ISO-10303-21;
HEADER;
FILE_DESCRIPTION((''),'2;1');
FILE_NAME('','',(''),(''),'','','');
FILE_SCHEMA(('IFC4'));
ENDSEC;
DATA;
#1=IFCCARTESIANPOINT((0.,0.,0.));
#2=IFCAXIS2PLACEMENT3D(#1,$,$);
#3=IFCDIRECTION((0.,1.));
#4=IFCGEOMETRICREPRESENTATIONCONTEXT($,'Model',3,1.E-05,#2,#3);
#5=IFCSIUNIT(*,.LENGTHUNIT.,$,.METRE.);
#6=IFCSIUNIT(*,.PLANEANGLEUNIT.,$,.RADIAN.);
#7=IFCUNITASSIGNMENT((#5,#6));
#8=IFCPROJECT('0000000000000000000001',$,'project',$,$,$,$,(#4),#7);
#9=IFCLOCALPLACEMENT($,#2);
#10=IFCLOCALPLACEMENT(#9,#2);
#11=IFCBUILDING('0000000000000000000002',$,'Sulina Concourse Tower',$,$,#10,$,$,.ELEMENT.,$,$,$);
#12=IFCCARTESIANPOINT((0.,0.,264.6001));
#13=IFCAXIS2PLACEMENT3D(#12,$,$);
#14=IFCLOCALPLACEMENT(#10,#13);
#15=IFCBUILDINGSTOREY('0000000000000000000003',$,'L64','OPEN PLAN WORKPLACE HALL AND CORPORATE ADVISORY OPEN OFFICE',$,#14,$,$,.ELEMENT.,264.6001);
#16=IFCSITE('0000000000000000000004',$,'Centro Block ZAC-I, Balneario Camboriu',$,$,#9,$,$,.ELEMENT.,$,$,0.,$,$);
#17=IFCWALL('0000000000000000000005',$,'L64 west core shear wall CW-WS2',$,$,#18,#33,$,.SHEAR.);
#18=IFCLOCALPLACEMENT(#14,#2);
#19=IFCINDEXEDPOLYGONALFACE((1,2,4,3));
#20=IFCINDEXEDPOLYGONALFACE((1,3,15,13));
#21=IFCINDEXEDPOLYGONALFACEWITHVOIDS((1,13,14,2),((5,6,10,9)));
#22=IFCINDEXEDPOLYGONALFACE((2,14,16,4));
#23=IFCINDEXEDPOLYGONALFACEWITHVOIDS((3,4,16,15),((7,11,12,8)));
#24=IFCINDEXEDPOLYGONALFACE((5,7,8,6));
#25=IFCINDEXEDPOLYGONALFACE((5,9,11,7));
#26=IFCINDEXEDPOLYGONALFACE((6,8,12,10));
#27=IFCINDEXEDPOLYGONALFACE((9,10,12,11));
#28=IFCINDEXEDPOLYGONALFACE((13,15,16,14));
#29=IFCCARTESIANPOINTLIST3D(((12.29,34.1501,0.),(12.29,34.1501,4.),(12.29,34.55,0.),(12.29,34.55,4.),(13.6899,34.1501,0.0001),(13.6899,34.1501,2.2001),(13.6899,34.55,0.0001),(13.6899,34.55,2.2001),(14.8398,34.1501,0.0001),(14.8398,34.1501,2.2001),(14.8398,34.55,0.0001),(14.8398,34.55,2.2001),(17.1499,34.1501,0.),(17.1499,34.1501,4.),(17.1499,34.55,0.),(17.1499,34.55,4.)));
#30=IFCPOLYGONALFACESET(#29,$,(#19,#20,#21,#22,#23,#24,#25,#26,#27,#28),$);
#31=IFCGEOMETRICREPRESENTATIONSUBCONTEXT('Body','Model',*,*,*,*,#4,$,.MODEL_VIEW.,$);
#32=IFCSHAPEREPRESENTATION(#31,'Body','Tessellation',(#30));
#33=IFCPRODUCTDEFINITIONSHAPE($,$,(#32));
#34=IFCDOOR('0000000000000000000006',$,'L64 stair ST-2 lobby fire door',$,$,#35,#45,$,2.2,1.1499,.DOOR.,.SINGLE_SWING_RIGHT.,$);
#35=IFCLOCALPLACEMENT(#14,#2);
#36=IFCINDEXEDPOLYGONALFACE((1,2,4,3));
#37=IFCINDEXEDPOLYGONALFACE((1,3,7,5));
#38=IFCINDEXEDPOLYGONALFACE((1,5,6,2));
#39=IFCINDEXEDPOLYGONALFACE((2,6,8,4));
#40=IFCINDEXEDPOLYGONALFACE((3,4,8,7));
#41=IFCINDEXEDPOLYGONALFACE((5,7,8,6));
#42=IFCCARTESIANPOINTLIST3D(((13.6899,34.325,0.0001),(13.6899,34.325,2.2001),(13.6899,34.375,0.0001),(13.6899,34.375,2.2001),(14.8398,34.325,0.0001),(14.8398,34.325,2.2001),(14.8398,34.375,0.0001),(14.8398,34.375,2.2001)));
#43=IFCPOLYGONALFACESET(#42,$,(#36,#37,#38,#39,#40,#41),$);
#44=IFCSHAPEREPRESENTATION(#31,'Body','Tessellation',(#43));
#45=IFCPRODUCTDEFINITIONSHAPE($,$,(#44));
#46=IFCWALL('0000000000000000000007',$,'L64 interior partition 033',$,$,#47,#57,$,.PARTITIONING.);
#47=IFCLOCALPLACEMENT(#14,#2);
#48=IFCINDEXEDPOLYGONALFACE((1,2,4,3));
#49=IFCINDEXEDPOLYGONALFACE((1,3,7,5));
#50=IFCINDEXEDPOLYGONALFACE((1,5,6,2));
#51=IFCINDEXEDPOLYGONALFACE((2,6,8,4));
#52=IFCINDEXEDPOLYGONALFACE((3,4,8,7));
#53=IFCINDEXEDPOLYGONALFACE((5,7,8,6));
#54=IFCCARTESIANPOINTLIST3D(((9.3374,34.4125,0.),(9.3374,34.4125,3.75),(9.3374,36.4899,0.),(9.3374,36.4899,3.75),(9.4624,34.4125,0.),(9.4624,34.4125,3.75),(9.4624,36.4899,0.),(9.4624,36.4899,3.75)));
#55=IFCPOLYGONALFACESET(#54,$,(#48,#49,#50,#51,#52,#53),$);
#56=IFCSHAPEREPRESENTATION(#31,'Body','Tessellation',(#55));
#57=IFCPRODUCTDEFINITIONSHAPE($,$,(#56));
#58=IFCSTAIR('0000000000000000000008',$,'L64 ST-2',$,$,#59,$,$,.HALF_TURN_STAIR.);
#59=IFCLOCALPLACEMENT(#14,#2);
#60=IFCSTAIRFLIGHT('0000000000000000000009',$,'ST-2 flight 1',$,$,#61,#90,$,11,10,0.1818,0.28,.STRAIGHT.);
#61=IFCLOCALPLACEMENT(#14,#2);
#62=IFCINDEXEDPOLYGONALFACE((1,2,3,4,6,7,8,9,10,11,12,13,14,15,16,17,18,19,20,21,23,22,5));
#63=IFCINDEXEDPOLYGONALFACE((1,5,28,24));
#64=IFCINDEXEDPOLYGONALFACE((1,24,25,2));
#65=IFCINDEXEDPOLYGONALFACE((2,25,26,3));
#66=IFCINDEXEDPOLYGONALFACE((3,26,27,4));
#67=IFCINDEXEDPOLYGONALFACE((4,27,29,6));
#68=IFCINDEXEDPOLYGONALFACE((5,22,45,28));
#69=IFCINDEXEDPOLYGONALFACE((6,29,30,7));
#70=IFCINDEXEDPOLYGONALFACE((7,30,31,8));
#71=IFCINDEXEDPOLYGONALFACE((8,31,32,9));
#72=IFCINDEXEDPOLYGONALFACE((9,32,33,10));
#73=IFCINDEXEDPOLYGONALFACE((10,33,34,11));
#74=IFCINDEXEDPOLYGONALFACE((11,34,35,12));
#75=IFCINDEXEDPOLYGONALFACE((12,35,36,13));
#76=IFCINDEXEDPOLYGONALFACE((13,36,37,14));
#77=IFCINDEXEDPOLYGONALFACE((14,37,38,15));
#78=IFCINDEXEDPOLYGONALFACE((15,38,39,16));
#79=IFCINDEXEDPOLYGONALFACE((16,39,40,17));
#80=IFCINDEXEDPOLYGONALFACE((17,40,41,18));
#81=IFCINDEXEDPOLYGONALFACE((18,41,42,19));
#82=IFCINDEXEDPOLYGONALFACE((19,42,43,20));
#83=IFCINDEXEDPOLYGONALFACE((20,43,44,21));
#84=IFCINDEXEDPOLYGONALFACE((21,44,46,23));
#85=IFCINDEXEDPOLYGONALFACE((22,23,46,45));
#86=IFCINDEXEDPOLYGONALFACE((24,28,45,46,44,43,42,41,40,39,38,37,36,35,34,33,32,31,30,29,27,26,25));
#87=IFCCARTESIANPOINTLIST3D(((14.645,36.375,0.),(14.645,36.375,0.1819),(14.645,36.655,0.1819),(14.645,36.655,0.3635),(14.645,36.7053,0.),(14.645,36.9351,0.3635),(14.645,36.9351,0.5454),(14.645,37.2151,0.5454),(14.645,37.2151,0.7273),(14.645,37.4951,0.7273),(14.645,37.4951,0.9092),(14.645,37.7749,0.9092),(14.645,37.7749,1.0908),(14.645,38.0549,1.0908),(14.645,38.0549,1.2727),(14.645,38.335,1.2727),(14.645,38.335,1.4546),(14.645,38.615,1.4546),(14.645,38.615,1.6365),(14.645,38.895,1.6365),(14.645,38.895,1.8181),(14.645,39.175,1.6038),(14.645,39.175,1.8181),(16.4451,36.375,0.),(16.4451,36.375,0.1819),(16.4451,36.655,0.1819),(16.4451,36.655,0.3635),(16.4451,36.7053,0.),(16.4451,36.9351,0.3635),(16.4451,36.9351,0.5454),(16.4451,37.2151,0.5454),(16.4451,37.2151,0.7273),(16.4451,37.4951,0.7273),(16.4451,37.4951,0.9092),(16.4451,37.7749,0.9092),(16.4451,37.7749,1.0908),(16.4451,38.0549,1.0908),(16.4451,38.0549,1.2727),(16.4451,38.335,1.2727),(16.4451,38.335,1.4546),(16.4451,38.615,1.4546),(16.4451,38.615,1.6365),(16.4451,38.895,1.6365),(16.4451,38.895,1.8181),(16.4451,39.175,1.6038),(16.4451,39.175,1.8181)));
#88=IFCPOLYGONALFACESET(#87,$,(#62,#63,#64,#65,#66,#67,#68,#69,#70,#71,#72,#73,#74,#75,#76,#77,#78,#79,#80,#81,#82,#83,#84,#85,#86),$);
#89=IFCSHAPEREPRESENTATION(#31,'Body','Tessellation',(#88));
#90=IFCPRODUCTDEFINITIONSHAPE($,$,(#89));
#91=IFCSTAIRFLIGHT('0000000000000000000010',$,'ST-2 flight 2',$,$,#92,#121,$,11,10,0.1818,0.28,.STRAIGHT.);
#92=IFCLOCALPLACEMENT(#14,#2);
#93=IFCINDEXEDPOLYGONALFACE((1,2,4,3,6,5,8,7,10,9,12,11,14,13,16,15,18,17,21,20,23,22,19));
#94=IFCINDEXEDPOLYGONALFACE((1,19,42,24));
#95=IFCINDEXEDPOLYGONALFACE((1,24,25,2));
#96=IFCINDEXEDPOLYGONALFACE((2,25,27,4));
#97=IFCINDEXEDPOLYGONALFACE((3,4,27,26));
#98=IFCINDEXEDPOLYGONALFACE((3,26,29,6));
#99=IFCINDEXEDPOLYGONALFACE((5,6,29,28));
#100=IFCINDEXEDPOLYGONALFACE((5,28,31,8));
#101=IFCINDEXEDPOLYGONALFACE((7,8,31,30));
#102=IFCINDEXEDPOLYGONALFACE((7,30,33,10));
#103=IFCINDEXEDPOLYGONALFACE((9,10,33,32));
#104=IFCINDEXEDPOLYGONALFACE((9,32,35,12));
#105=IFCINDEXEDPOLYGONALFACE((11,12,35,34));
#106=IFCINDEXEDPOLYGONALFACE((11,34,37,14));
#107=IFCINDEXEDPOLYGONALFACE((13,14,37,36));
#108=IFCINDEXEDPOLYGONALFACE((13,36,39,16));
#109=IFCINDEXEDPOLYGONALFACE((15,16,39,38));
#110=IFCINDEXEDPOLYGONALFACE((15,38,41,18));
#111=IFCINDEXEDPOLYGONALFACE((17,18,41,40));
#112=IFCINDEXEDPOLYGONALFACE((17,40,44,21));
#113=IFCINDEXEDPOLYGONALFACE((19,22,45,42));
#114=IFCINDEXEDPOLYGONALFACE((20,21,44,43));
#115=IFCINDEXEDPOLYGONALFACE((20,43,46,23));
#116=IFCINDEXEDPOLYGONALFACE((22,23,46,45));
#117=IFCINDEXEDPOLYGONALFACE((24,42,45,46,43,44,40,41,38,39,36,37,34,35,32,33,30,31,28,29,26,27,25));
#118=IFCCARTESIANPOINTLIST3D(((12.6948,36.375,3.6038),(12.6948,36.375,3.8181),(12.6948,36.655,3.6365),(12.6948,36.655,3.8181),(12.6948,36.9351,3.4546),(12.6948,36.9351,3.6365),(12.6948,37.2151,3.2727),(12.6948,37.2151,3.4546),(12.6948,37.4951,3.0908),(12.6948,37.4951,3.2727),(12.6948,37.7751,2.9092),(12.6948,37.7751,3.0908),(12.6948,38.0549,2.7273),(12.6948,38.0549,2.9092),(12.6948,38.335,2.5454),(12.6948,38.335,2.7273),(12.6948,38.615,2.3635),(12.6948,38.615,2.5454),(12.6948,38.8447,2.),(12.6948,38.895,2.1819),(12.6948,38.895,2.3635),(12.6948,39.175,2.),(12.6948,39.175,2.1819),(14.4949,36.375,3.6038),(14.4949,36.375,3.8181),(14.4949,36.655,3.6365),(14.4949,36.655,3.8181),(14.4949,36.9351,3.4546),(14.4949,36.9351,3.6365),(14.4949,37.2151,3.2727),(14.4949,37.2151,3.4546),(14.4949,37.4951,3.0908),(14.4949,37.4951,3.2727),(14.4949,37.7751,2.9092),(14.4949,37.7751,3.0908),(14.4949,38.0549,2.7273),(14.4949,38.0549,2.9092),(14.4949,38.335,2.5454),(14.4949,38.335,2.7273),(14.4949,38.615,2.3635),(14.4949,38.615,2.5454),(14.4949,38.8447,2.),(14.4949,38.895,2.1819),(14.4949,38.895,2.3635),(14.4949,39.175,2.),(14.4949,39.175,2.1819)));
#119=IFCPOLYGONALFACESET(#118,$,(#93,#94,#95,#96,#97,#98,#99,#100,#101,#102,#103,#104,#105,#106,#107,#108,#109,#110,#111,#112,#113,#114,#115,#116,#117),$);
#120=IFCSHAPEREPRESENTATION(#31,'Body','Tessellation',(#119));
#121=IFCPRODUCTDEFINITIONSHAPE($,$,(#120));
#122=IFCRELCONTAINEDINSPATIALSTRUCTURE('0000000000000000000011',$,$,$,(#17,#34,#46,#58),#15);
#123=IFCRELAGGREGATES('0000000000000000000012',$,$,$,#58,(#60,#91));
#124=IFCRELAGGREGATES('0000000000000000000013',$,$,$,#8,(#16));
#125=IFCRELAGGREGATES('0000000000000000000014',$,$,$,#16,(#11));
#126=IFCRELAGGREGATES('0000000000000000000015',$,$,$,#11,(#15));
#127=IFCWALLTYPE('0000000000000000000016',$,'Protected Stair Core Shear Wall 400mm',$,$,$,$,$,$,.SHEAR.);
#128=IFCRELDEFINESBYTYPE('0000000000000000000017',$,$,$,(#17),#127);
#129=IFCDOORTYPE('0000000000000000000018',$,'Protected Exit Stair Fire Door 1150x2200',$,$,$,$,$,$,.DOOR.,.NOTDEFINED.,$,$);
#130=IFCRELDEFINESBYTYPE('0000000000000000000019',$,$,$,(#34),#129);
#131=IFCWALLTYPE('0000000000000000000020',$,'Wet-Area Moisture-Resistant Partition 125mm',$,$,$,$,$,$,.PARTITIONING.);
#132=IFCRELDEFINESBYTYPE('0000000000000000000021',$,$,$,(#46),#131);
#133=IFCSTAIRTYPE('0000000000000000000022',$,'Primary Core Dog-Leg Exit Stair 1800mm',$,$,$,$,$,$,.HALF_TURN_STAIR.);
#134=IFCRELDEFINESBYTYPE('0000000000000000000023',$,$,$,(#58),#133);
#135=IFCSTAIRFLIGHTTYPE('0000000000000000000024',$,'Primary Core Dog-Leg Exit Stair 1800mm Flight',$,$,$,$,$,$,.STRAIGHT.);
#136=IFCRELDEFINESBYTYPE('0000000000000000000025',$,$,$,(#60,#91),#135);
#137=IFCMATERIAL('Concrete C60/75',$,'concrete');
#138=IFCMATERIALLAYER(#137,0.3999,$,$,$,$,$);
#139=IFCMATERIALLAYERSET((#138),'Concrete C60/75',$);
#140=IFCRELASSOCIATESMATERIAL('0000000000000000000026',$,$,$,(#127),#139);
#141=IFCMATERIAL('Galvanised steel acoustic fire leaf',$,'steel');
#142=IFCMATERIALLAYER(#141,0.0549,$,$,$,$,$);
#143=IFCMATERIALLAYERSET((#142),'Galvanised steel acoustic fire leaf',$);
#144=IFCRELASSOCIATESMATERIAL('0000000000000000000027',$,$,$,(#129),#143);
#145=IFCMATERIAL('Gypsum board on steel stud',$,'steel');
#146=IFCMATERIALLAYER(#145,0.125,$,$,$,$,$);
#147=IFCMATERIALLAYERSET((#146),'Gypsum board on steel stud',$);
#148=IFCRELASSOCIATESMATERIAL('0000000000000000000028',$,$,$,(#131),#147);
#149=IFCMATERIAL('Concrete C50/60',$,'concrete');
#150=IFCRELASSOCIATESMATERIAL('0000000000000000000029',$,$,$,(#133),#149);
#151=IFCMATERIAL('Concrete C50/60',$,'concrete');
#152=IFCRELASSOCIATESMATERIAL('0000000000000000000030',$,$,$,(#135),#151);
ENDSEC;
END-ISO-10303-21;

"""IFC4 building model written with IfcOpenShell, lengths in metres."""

from ifc_helpers import new_model, si_unit, direction, frame, frame_2d, origin, place, context, subcontext, project, spatial, polyline, rectangle, outline, extrude, material, layer, layer_set, type_object, element, fill, aggregate, save


model = new_model("IFC4")

# Units and contexts
model_context = context("Model", 3, precision=1e-05, world=origin(), true_north=direction((0.0, 1.0)))
body_context = subcontext(model_context, "Body", "Model", "MODEL_VIEW")
ifc_project = project(units=[si_unit("LENGTHUNIT", "METRE"), si_unit("PLANEANGLEUNIT", "RADIAN")], contexts=[model_context])

# Site, building, storey
site_placement = place(None, origin())
site = spatial("IfcSite", under=ifc_project, at=site_placement, Name="Centro Block ZAC-I, Balneario Camboriu", CompositionType="ELEMENT", RefElevation=0.0)
building_placement = place(site_placement, origin())
building = spatial("IfcBuilding", under=site, at=building_placement, Name="Sulina Concourse Tower", CompositionType="ELEMENT")
storey_placement = place(building_placement, frame((0.0, 0.0, 264.6001)))
storey = spatial("IfcBuildingStorey", under=building, at=storey_placement, Name="L64", Description="OPEN PLAN WORKPLACE HALL AND CORPORATE ADVISORY OPEN OFFICE", CompositionType="ELEMENT", Elevation=264.6001)

# Wall, opening, door
ifc_material_1 = material(Name="Concrete C60/75", Category="concrete")
ifc_layer_1 = layer(ifc_material_1, 0.3999)
ifc_layer_set_1 = layer_set([ifc_layer_1], Name="Concrete C60/75")
wall_type_1 = type_object("IfcWallType", Name="Protected Stair Core Shear Wall 400mm", PredefinedType="SHEAR", material=ifc_layer_set_1)
wall_1_placement = place(storey_placement, frame((12.29, 34.3501, 0.0), z_axis=(0.0, 0.0, 1.0), x_axis=(1.0, 0.0, 0.0)))
wall_1 = element("IfcWall", 1, at=wall_1_placement, inside=storey, type_object=wall_type_1, Name="L64 west core shear wall CW-WS2", PredefinedType="SHEAR", context=body_context, shape_type="SweptSolid", body=[
    extrude(rectangle(XDim=4.8599, YDim=0.3999, at=frame_2d((2.4299, 0.0))), origin(), (0.0, 0.0, 1.0), 4.0),
])
opening_1_placement = place(wall_1_placement, frame((1.3999, 0.0, 0.0)))
opening_1 = element("IfcOpeningElement", 2, at=opening_1_placement, cuts=wall_1, PredefinedType="OPENING", context=body_context, shape_type="SweptSolid", body=[
    extrude(rectangle(XDim=1.1499, YDim=2.2, at=frame_2d((0.575, 1.1001))), frame((0.0, 0.21, 0.0), z_axis=(0.0, -1.0, 0.0), x_axis=(1.0, 0.0, 0.0)), (0.0, 0.0, 1.0), 0.4199),
])
ifc_material_2 = material(Name="Galvanised steel acoustic fire leaf", Category="steel")
ifc_layer_2 = layer(ifc_material_2, 0.0549)
ifc_layer_set_2 = layer_set([ifc_layer_2], Name="Galvanised steel acoustic fire leaf")
door_type_1 = type_object("IfcDoorType", Name="Protected Exit Stair Fire Door 1150x2200", OperationType="NOTDEFINED", PredefinedType="DOOR", material=ifc_layer_set_2)
door_1_placement = place(opening_1_placement, origin())
door_1 = element("IfcDoor", 3, at=door_1_placement, inside=storey, type_object=door_type_1, Name="L64 stair ST-2 lobby fire door", OperationType="SINGLE_SWING_RIGHT", OverallHeight=2.2, OverallWidth=1.1499, PredefinedType="DOOR", context=body_context, shape_type="SweptSolid", body=[
    extrude(rectangle(XDim=1.1499, YDim=2.2, at=frame_2d((0.575, 1.1001))), frame((0.0, 0.0249, 0.0), z_axis=(0.0, -1.0, 0.0), x_axis=(1.0, 0.0, 0.0)), (0.0, 0.0, 1.0), 0.05),
])
fill(opening_1, door_1)

# Wall
ifc_material_3 = material(Name="Gypsum board on steel stud", Category="steel")
ifc_layer_3 = layer(ifc_material_3, 0.125)
ifc_layer_set_3 = layer_set([ifc_layer_3], Name="Gypsum board on steel stud")
wall_type_2 = type_object("IfcWallType", Name="Wet-Area Moisture-Resistant Partition 125mm", PredefinedType="PARTITIONING", material=ifc_layer_set_3)
wall_2_placement = place(storey_placement, frame((9.3999, 34.4126, 0.0), z_axis=(0.0, 0.0, 1.0), x_axis=(0.0, 1.0, 0.0)))
element("IfcWall", 4, at=wall_2_placement, inside=storey, type_object=wall_type_2, Name="L64 interior partition 033", PredefinedType="PARTITIONING", context=body_context, shape_type="SweptSolid", body=[
    extrude(rectangle(XDim=2.0774, YDim=0.125, at=frame_2d((1.0386, 0.0))), origin(), (0.0, 0.0, 1.0), 3.75),
])

# Stair, stair flights
ifc_material_4 = material(Name="Concrete C50/60", Category="concrete")
stair_type = type_object("IfcStairType", Name="Primary Core Dog-Leg Exit Stair 1800mm", PredefinedType="HALF_TURN_STAIR", material=ifc_material_4)
stair_placement = place(storey_placement, origin())
stair = element("IfcStair", 5, at=stair_placement, inside=storey, type_object=stair_type, Name="L64 ST-2", PredefinedType="HALF_TURN_STAIR")
ifc_material_5 = material(Name="Concrete C50/60", Category="concrete")
stair_flight_type = type_object("IfcStairFlightType", Name="Primary Core Dog-Leg Exit Stair 1800mm Flight", PredefinedType="STRAIGHT", material=ifc_material_5)
stair_flight_1_placement = place(storey_placement, frame((15.5449, 36.375, 0.0), z_axis=(0.0, 0.0, 1.0), x_axis=(0.0, 1.0, 0.0)))
stair_flight_1 = element("IfcStairFlight", 6, at=stair_flight_1_placement, type_object=stair_flight_type, Name="ST-2 flight 1", NumberOfRisers=11, NumberOfTreads=10, PredefinedType="STRAIGHT", RiserHeight=0.1818, TreadLength=0.28, context=body_context, shape_type="SweptSolid", body=[
    extrude(outline(polyline([(0.0, 0.0), (0.0, 0.1819), (0.28, 0.1819), (0.28, 0.3635), (0.5601, 0.3635), (0.5601, 0.5454), (0.8401, 0.5454), (0.8401, 0.7273), (1.1201, 0.7273), (1.1201, 0.9092), (1.3999, 0.9092), (1.3999, 1.0908), (1.6799, 1.0908), (1.6799, 1.2727), (1.96, 1.2727), (1.96, 1.4546), (2.24, 1.4546), (2.24, 1.6365), (2.52, 1.6365), (2.52, 1.8181), (2.8, 1.8181), (2.8, 2.0), (2.8, 1.6038), (0.3303, 0.0), (0.0, 0.0)])), frame((0.0, 0.8999, 0.0), z_axis=(0.0, -1.0, 0.0), x_axis=(1.0, 0.0, 0.0)), (0.0, 0.0, 1.0), 1.8),
])
stair_flight_2_placement = place(storey_placement, frame((13.595, 39.175, 2.0), z_axis=(0.0, 0.0, 1.0), x_axis=(0.0, -1.0, 0.0)))
stair_flight_2 = element("IfcStairFlight", 7, at=stair_flight_2_placement, type_object=stair_flight_type, Name="ST-2 flight 2", NumberOfRisers=11, NumberOfTreads=10, PredefinedType="STRAIGHT", RiserHeight=0.1818, TreadLength=0.28, context=body_context, shape_type="SweptSolid", body=[
    extrude(outline(polyline([(0.0, 0.0), (0.0, 0.1819), (0.28, 0.1819), (0.28, 0.3635), (0.5601, 0.3635), (0.5601, 0.5454), (0.8401, 0.5454), (0.8401, 0.7273), (1.1201, 0.7273), (1.1201, 0.9092), (1.3999, 0.9092), (1.3999, 1.0908), (1.6799, 1.0908), (1.6799, 1.2727), (1.96, 1.2727), (1.96, 1.4546), (2.24, 1.4546), (2.24, 1.6365), (2.52, 1.6365), (2.52, 1.8181), (2.8, 1.8181), (2.8, 2.0), (2.8, 1.6038), (0.3303, 0.0), (0.0, 0.0)])), frame((0.0, 0.8999, 0.0), z_axis=(0.0, -1.0, 0.0), x_axis=(1.0, 0.0, 0.0)), (0.0, 0.0, 1.0), 1.8),
])
aggregate(stair, [stair_flight_1, stair_flight_2])

save(model, "model.ifc")
